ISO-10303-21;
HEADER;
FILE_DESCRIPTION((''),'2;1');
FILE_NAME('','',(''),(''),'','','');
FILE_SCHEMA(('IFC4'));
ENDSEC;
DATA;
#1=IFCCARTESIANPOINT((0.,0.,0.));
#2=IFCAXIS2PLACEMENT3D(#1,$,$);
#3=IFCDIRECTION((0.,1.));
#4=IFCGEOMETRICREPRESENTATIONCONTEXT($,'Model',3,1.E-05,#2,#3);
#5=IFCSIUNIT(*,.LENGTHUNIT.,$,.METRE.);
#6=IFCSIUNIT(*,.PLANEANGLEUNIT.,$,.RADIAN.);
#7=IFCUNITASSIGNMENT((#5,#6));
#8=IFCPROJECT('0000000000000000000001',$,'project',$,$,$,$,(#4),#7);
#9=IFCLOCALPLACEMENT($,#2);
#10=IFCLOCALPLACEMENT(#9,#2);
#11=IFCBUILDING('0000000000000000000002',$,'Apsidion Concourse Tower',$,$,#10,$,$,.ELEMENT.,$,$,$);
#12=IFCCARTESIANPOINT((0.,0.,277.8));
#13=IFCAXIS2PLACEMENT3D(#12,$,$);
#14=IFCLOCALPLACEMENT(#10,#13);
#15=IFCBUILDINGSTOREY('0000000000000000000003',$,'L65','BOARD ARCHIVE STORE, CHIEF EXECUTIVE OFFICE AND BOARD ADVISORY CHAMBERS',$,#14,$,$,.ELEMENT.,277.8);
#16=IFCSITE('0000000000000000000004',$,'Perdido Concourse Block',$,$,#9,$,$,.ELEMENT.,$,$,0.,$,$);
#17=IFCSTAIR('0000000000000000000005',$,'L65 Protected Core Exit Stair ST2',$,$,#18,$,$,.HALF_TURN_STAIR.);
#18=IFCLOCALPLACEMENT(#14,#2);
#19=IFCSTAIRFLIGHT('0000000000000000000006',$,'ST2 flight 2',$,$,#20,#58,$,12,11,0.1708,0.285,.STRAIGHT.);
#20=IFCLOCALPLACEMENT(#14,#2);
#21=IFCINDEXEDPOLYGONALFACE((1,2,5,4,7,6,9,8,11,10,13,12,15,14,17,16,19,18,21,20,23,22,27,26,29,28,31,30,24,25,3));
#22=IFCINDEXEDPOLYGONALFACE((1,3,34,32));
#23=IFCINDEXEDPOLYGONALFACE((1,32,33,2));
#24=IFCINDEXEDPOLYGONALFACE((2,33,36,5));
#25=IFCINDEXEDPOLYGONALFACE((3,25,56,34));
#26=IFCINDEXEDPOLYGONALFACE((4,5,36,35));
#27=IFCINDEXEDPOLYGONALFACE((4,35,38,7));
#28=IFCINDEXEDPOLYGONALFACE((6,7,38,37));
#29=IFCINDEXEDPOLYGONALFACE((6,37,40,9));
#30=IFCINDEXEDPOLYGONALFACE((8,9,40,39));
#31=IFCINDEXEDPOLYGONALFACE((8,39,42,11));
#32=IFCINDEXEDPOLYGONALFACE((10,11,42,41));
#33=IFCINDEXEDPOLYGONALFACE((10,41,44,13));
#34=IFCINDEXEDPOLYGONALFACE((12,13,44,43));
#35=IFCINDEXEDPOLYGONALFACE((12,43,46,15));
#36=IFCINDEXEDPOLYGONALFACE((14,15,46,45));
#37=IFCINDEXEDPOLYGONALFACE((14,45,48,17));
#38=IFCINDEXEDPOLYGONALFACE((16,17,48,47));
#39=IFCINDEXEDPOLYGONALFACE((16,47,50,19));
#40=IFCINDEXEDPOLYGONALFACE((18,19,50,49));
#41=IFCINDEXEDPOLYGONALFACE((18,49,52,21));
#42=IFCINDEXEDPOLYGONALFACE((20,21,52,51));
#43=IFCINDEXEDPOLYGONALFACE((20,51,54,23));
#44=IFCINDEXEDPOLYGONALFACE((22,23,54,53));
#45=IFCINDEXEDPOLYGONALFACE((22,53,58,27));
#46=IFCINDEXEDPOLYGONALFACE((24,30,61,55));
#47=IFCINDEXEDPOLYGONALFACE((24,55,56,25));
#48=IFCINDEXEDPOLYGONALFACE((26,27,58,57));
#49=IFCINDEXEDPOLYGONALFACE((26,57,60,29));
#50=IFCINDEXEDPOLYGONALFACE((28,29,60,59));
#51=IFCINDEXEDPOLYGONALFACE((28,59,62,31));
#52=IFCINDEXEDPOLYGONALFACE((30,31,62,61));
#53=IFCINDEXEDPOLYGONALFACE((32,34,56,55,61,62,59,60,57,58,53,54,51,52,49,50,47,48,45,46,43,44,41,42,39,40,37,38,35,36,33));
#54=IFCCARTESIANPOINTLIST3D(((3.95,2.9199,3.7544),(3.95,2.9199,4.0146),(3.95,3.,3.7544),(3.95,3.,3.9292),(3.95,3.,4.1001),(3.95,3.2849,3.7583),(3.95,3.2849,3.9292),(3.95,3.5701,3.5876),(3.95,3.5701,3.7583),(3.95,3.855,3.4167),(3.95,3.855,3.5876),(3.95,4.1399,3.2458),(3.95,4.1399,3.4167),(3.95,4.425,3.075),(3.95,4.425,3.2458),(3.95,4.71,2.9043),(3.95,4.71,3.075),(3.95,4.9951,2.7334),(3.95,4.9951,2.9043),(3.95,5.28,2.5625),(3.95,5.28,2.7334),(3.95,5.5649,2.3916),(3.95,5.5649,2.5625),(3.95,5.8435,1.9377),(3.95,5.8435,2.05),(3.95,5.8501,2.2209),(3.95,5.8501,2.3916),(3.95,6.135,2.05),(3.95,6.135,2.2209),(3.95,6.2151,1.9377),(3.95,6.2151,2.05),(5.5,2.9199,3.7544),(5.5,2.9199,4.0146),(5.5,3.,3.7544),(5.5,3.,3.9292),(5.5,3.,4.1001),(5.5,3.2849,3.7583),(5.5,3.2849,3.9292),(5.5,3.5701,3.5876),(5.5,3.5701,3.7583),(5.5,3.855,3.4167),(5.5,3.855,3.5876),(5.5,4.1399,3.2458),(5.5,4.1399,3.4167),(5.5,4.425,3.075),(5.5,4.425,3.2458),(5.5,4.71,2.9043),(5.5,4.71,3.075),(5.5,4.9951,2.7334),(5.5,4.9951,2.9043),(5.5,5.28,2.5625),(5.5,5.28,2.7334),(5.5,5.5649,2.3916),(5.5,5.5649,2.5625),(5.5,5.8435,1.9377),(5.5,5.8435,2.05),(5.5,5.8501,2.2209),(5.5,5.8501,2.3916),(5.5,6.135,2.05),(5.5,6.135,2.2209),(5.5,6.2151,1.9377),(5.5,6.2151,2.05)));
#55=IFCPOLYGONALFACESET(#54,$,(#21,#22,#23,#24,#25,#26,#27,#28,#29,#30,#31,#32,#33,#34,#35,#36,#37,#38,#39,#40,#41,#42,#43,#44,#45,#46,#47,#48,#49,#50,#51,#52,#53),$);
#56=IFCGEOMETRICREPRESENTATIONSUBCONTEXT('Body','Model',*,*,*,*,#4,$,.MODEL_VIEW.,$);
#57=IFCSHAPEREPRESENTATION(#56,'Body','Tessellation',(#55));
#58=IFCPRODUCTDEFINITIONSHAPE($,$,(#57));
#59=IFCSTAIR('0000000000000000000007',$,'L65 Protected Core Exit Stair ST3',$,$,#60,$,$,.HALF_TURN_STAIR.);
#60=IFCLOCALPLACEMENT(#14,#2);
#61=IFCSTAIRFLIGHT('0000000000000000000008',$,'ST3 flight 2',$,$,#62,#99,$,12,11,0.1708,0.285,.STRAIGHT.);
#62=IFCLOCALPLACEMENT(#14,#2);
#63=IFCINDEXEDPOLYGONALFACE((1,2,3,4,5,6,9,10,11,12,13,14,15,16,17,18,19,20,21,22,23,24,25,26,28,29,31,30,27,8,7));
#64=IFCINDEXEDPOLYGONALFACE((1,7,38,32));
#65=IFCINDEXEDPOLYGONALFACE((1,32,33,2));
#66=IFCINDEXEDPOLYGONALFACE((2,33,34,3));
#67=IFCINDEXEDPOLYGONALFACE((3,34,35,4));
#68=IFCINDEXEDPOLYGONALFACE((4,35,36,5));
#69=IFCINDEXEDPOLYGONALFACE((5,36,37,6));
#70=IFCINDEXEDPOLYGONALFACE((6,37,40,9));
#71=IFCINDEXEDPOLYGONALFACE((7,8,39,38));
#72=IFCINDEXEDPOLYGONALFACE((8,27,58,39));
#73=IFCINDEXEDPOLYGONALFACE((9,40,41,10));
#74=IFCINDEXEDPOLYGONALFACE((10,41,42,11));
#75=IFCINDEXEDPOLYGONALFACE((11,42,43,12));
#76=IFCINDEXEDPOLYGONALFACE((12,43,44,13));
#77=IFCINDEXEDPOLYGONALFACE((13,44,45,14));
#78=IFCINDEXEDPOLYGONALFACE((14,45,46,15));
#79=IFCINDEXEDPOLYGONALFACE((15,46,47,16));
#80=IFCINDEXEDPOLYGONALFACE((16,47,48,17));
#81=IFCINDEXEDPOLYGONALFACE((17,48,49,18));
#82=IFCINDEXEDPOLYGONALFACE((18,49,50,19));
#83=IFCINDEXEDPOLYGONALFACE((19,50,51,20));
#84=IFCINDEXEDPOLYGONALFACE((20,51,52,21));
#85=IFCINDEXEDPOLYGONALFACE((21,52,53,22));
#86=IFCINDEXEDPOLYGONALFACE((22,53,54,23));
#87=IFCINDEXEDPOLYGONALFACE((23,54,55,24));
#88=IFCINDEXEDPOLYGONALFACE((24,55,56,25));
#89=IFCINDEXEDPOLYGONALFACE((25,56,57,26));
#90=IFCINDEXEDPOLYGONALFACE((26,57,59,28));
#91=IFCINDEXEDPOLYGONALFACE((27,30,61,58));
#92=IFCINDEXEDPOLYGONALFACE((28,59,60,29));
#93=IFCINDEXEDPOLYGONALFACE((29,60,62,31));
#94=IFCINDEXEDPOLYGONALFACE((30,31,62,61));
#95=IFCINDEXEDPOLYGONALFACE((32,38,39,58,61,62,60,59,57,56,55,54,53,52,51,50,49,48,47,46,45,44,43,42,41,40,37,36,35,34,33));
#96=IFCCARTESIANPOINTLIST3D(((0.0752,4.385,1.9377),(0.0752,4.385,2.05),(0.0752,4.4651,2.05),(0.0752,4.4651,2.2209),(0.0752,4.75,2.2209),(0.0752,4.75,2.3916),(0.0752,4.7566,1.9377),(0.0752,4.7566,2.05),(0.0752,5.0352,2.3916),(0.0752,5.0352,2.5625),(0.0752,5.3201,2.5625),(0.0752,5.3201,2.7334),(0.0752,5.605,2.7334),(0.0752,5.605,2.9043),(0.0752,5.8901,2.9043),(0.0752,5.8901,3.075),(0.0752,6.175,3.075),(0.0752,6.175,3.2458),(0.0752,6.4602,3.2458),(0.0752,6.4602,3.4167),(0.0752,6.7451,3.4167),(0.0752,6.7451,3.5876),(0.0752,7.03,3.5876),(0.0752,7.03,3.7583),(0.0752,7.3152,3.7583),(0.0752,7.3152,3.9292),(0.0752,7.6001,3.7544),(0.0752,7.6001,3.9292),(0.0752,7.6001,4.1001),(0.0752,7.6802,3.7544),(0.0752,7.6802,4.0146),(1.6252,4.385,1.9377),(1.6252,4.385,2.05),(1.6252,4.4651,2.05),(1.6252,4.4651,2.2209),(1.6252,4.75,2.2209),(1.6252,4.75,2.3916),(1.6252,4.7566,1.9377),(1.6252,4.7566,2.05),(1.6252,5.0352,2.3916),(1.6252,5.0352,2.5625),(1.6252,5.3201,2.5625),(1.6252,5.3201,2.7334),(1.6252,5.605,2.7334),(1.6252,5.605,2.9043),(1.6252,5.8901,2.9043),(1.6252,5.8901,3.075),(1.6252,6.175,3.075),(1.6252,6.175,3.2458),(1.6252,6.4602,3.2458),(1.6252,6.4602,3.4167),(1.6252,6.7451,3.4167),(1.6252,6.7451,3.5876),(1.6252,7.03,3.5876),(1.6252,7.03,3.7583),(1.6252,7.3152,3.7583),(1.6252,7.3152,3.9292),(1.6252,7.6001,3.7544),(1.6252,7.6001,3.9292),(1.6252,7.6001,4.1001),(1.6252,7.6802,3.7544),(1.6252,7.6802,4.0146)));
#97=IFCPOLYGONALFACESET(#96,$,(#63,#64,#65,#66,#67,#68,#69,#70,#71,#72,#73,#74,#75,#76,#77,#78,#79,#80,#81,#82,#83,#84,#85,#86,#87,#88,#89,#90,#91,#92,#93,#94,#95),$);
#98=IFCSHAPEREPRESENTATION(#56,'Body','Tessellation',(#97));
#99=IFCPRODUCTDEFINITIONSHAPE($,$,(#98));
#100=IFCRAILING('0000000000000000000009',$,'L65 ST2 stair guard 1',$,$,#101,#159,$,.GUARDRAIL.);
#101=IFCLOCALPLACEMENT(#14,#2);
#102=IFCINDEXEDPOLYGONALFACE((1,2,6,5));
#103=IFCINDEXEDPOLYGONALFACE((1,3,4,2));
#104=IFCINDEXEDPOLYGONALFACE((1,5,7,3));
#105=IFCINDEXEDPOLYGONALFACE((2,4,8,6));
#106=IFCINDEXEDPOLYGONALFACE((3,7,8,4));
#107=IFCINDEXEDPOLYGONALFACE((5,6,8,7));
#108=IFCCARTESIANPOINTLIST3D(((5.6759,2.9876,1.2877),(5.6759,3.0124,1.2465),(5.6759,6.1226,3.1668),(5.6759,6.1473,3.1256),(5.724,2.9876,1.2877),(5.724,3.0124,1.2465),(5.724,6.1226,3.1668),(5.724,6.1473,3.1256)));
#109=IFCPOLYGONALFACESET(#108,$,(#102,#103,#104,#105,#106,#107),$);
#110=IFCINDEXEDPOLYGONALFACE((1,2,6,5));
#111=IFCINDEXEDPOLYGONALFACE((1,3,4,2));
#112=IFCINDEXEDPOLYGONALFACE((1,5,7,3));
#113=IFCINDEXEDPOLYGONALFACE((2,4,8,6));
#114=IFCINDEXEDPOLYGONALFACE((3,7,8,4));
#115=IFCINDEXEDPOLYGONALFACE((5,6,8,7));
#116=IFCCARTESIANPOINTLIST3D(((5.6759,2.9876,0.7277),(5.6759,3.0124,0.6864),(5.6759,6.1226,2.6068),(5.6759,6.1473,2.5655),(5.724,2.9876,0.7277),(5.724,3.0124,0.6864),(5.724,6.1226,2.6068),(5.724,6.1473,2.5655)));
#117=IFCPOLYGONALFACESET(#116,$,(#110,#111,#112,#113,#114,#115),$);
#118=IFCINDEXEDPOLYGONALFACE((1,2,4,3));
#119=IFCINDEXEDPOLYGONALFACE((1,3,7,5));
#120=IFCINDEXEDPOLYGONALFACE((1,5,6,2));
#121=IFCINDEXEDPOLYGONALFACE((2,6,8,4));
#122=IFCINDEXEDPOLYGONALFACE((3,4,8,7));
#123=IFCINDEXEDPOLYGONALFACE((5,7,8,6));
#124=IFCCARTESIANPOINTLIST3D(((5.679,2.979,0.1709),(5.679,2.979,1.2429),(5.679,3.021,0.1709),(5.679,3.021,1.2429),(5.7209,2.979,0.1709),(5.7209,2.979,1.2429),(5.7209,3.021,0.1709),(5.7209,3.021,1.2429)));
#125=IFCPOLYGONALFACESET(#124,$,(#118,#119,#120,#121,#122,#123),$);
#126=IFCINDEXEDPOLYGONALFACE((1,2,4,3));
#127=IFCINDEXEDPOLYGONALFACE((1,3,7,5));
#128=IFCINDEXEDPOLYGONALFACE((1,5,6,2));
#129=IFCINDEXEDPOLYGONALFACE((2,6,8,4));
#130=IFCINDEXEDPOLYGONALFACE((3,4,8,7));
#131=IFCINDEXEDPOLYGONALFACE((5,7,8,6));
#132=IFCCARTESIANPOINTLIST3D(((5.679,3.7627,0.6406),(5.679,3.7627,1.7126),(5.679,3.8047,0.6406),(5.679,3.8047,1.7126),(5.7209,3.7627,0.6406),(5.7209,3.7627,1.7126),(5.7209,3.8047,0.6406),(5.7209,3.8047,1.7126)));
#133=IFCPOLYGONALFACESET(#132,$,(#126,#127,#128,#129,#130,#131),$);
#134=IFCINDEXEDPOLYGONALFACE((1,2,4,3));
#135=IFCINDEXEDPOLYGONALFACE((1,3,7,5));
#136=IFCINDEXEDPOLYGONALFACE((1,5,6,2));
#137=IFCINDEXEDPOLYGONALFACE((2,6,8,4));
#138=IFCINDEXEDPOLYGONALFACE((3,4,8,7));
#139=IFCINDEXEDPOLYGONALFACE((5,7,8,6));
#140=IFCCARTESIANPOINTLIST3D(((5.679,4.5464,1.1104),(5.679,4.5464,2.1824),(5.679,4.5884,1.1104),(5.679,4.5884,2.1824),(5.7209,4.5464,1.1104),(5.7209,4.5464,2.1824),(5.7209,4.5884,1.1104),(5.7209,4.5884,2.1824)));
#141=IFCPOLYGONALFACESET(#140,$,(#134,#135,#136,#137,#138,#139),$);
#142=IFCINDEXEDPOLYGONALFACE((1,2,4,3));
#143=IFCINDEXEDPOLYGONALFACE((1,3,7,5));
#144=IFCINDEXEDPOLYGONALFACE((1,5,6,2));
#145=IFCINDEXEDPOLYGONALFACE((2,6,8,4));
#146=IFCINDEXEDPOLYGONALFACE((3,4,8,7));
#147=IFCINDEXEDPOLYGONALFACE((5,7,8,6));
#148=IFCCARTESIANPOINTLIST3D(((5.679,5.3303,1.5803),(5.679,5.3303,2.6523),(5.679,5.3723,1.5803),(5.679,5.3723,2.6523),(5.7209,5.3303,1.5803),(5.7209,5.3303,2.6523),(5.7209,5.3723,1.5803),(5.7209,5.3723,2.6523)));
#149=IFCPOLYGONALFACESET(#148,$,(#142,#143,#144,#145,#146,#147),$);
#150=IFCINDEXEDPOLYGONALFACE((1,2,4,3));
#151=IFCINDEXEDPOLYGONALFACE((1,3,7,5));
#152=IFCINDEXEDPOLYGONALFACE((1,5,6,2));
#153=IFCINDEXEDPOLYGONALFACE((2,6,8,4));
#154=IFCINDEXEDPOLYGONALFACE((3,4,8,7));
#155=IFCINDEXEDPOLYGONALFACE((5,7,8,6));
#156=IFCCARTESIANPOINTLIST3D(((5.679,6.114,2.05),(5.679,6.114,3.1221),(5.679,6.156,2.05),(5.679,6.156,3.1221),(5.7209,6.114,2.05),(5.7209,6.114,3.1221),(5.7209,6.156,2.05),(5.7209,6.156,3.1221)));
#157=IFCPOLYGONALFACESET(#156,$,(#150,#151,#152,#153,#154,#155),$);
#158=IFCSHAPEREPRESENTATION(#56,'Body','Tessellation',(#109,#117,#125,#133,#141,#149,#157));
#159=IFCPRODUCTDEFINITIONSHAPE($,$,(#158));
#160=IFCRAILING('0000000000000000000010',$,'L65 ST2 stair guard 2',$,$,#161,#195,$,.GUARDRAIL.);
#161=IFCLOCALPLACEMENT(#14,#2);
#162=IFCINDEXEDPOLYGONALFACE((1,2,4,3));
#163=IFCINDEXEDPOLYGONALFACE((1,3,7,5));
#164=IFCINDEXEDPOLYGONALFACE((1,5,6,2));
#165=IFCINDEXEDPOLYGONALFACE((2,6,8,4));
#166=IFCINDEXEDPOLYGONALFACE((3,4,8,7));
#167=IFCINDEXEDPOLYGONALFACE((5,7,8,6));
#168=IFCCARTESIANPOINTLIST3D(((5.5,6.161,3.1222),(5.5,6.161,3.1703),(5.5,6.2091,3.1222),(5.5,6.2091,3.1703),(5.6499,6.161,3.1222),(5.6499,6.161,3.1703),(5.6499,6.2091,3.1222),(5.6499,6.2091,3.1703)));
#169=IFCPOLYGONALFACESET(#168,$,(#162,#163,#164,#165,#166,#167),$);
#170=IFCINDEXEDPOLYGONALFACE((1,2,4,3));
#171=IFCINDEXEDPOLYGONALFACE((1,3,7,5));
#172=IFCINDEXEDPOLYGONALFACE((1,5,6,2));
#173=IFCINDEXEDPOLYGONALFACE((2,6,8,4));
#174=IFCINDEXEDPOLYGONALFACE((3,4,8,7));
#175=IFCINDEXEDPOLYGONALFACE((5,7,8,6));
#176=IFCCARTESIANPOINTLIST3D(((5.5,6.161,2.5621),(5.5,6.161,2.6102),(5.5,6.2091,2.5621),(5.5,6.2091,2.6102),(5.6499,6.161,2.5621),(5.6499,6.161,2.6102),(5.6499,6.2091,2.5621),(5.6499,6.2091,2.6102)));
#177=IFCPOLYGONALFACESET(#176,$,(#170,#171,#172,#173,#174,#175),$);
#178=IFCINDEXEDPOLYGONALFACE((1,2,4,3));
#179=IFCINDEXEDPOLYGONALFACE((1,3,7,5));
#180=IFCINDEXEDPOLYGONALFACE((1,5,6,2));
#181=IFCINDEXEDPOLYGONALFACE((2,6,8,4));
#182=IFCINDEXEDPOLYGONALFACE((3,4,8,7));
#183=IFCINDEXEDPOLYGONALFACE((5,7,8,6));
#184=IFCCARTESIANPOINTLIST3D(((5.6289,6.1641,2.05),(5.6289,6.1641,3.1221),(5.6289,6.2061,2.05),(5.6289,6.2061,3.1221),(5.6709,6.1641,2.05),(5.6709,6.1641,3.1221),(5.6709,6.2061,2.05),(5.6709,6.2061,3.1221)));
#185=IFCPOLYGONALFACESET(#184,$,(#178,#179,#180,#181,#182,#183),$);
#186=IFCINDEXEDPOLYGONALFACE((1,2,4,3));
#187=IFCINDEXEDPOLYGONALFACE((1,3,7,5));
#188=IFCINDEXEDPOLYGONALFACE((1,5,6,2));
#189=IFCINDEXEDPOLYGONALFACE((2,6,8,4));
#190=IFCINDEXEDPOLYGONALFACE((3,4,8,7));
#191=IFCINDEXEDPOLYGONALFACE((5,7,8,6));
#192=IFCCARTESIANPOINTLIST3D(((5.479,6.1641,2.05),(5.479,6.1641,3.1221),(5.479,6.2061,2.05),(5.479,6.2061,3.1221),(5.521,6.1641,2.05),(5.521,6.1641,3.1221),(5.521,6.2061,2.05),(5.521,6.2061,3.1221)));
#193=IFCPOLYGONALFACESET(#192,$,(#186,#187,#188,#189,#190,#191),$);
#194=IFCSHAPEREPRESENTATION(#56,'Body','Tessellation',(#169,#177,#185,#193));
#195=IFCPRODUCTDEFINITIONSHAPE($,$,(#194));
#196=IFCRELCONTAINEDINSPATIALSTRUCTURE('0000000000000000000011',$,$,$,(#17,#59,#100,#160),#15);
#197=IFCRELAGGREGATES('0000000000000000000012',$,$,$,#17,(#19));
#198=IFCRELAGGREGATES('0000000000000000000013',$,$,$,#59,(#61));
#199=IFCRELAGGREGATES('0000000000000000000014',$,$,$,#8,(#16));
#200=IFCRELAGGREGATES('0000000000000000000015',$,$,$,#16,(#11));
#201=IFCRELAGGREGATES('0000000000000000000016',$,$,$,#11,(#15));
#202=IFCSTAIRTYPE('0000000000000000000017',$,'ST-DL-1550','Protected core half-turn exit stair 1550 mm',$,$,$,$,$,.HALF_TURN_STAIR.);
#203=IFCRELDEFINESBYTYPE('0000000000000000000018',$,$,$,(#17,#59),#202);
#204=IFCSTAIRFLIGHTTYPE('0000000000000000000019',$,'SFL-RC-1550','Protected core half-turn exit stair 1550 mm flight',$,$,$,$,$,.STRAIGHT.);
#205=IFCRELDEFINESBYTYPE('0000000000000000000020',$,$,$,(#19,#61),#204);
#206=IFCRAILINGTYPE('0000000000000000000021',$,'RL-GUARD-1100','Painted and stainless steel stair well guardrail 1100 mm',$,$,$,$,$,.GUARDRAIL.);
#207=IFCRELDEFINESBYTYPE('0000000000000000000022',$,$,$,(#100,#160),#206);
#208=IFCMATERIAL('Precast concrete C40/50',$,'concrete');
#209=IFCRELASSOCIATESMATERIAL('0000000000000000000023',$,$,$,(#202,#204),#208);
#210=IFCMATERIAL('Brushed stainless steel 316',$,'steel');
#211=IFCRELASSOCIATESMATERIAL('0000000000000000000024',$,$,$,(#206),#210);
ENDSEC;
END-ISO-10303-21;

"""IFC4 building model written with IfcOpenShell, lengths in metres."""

from ifc_helpers import new_model, si_unit, direction, frame, origin, origin_2d, place, context, subcontext, project, spatial, polyline, rectangle, outline, extrude, material, type_object, element, aggregate, save


model = new_model("IFC4")

# Units and contexts
model_context = context("Model", 3, precision=1e-05, world=origin(), true_north=direction((0.0, 1.0)))
body_context = subcontext(model_context, "Body", "Model", "MODEL_VIEW")
ifc_project = project(units=[si_unit("LENGTHUNIT", "METRE"), si_unit("PLANEANGLEUNIT", "RADIAN")], contexts=[model_context])

# Site, building, storey
site_placement = place(None, origin())
site = spatial("IfcSite", under=ifc_project, at=site_placement, Name="Perdido Concourse Block", CompositionType="ELEMENT", RefElevation=0.0)
building_placement = place(site_placement, origin())
building = spatial("IfcBuilding", under=site, at=building_placement, Name="Apsidion Concourse Tower", CompositionType="ELEMENT")
storey_placement = place(building_placement, frame((0.0, 0.0, 277.8)))
storey = spatial("IfcBuildingStorey", under=building, at=storey_placement, Name="L65", Description="BOARD ARCHIVE STORE, CHIEF EXECUTIVE OFFICE AND BOARD ADVISORY CHAMBERS", CompositionType="ELEMENT", Elevation=277.8)

# Stair, stair flight
ifc_material_1 = material(Name="Precast concrete C40/50", Category="concrete")
stair_type = type_object("IfcStairType", Name="ST-DL-1550", Description="Protected core half-turn exit stair 1550 mm", PredefinedType="HALF_TURN_STAIR", material=ifc_material_1)
stair_1_placement = place(storey_placement, origin())
stair_1 = element("IfcStair", 1, at=stair_1_placement, inside=storey, type_object=stair_type, Name="L65 Protected Core Exit Stair ST2", PredefinedType="HALF_TURN_STAIR")
stair_flight_type = type_object("IfcStairFlightType", Name="SFL-RC-1550", Description="Protected core half-turn exit stair 1550 mm flight", PredefinedType="STRAIGHT", material=ifc_material_1)
stair_flight_1_placement = place(storey_placement, frame((4.7251, 6.135, 2.05), z_axis=(0.0, 0.0, 1.0), x_axis=(0.0, -1.0, 0.0)))
stair_flight_1 = element("IfcStairFlight", 2, at=stair_flight_1_placement, type_object=stair_flight_type, Name="ST2 flight 2", NumberOfRisers=12, NumberOfTreads=11, PredefinedType="STRAIGHT", RiserHeight=0.1708, TreadLength=0.285, context=body_context, shape_type="SweptSolid", body=[
    extrude(outline(polyline([(-0.0801, -0.1123), (-0.0801, 0.0), (0.0, 0.0), (0.0, 0.1709), (0.2849, 0.1709), (0.2849, 0.3416), (0.5701, 0.3416), (0.5701, 0.5125), (0.855, 0.5125), (0.855, 0.6833), (1.1399, 0.6833), (1.1399, 0.8542), (1.425, 0.8542), (1.425, 1.0249), (1.71, 1.0249), (1.71, 1.1958), (1.9951, 1.1958), (1.9951, 1.3667), (2.28, 1.3667), (2.28, 1.5376), (2.5649, 1.5376), (2.5649, 1.7083), (2.8501, 1.7083), (2.8501, 1.8792), (3.135, 1.8792), (3.135, 2.05), (3.2151, 1.9646), (3.2151, 1.7043), (3.135, 1.7043), (0.2915, 0.0), (0.2915, -0.1123), (-0.0801, -0.1123)])), frame((0.0, 0.7749, 0.0), z_axis=(0.0, -1.0, 0.0), x_axis=(1.0, 0.0, 0.0)), (0.0, 0.0, 1.0), 1.55),
])
aggregate(stair_1, [stair_flight_1])

# Stair, stair flight
stair_2_placement = place(storey_placement, origin())
stair_2 = element("IfcStair", 3, at=stair_2_placement, inside=storey, type_object=stair_type, Name="L65 Protected Core Exit Stair ST3", PredefinedType="HALF_TURN_STAIR")
stair_flight_2_placement = place(storey_placement, frame((0.8501, 4.4651, 2.05), z_axis=(0.0, 0.0, 1.0), x_axis=(0.0, 1.0, 0.0)))
stair_flight_2 = element("IfcStairFlight", 4, at=stair_flight_2_placement, type_object=stair_flight_type, Name="ST3 flight 2", NumberOfRisers=12, NumberOfTreads=11, PredefinedType="STRAIGHT", RiserHeight=0.1708, TreadLength=0.285, context=body_context, shape_type="SweptSolid", body=[
    extrude(outline(polyline([(-0.0801, -0.1123), (-0.0801, 0.0), (0.0, 0.0), (0.0, 0.1709), (0.2849, 0.1709), (0.2849, 0.3416), (0.5701, 0.3416), (0.5701, 0.5125), (0.855, 0.5125), (0.855, 0.6833), (1.1399, 0.6833), (1.1399, 0.8542), (1.425, 0.8542), (1.425, 1.0249), (1.71, 1.0249), (1.71, 1.1958), (1.9951, 1.1958), (1.9951, 1.3667), (2.28, 1.3667), (2.28, 1.5376), (2.5649, 1.5376), (2.5649, 1.7083), (2.8501, 1.7083), (2.8501, 1.8792), (3.135, 1.8792), (3.135, 2.05), (3.2151, 1.9646), (3.2151, 1.7043), (3.135, 1.7043), (0.2915, 0.0), (0.2915, -0.1123), (-0.0801, -0.1123)])), frame((0.0, 0.7749, 0.0), z_axis=(0.0, -1.0, 0.0), x_axis=(1.0, 0.0, 0.0)), (0.0, 0.0, 1.0), 1.55),
])
aggregate(stair_2, [stair_flight_2])

# Railings
ifc_material_2 = material(Name="Brushed stainless steel 316", Category="steel")
railing_type_1 = type_object("IfcRailingType", Name="RL-GUARD-1100", Description="Painted and stainless steel stair well guardrail 1100 mm", PredefinedType="GUARDRAIL", material=ifc_material_2)
railing_1_placement = place(storey_placement, frame((5.7, 3.0, 0.1709)))
element("IfcRailing", 5, at=railing_1_placement, inside=storey, type_object=railing_type_1, Name="L65 ST2 stair guard 1", PredefinedType="GUARDRAIL", context=body_context, shape_type="SweptSolid", body=[
    extrude(rectangle(XDim=0.0481, YDim=0.0481, at=origin_2d()), frame((0.0, 0.0, 1.0962), z_axis=(0.0, 0.857717, 0.514122), x_axis=(-1.0, 0.0, 0.0)), (0.0, 0.0, 1.0), 3.655),
    extrude(rectangle(XDim=0.0481, YDim=0.0481, at=origin_2d()), frame((0.0, 0.0, 0.5361), z_axis=(0.0, 0.857717, 0.514122), x_axis=(-1.0, 0.0, 0.0)), (0.0, 0.0, 1.0), 3.655),
    extrude(rectangle(XDim=0.042, YDim=0.042, at=origin_2d()), origin(), (0.0, 0.0, 1.0), 1.072),
    extrude(rectangle(XDim=0.042, YDim=0.042, at=origin_2d()), frame((0.0, 0.7837, 0.4697)), (0.0, 0.0, 1.0), 1.072),
    extrude(rectangle(XDim=0.042, YDim=0.042, at=origin_2d()), frame((0.0, 1.5674, 0.9395)), (0.0, 0.0, 1.0), 1.072),
    extrude(rectangle(XDim=0.042, YDim=0.042, at=origin_2d()), frame((0.0, 2.3513, 1.4094)), (0.0, 0.0, 1.0), 1.072),
    extrude(rectangle(XDim=0.042, YDim=0.042, at=origin_2d()), frame((0.0, 3.135, 1.8792)), (0.0, 0.0, 1.0), 1.072),
])
railing_2_placement = place(storey_placement, frame((5.6499, 6.1851, 2.05)))
element("IfcRailing", 6, at=railing_2_placement, inside=storey, type_object=railing_type_1, Name="L65 ST2 stair guard 2", PredefinedType="GUARDRAIL", context=body_context, shape_type="SweptSolid", body=[
    extrude(rectangle(XDim=0.0481, YDim=0.0481, at=origin_2d()), frame((0.0, 0.0, 1.0962), z_axis=(-1.0, 0.0, 0.0), x_axis=(0.0, -1.0, 0.0)), (0.0, 0.0, 1.0), 0.1499),
    extrude(rectangle(XDim=0.0481, YDim=0.0481, at=origin_2d()), frame((0.0, 0.0, 0.5361), z_axis=(-1.0, 0.0, 0.0), x_axis=(0.0, -1.0, 0.0)), (0.0, 0.0, 1.0), 0.1499),
    extrude(rectangle(XDim=0.042, YDim=0.042, at=origin_2d()), origin(), (0.0, 0.0, 1.0), 1.072),
    extrude(rectangle(XDim=0.042, YDim=0.042, at=origin_2d()), frame((-0.1499, 0.0, 0.0)), (0.0, 0.0, 1.0), 1.072),
])

save(model, "model.ifc")
